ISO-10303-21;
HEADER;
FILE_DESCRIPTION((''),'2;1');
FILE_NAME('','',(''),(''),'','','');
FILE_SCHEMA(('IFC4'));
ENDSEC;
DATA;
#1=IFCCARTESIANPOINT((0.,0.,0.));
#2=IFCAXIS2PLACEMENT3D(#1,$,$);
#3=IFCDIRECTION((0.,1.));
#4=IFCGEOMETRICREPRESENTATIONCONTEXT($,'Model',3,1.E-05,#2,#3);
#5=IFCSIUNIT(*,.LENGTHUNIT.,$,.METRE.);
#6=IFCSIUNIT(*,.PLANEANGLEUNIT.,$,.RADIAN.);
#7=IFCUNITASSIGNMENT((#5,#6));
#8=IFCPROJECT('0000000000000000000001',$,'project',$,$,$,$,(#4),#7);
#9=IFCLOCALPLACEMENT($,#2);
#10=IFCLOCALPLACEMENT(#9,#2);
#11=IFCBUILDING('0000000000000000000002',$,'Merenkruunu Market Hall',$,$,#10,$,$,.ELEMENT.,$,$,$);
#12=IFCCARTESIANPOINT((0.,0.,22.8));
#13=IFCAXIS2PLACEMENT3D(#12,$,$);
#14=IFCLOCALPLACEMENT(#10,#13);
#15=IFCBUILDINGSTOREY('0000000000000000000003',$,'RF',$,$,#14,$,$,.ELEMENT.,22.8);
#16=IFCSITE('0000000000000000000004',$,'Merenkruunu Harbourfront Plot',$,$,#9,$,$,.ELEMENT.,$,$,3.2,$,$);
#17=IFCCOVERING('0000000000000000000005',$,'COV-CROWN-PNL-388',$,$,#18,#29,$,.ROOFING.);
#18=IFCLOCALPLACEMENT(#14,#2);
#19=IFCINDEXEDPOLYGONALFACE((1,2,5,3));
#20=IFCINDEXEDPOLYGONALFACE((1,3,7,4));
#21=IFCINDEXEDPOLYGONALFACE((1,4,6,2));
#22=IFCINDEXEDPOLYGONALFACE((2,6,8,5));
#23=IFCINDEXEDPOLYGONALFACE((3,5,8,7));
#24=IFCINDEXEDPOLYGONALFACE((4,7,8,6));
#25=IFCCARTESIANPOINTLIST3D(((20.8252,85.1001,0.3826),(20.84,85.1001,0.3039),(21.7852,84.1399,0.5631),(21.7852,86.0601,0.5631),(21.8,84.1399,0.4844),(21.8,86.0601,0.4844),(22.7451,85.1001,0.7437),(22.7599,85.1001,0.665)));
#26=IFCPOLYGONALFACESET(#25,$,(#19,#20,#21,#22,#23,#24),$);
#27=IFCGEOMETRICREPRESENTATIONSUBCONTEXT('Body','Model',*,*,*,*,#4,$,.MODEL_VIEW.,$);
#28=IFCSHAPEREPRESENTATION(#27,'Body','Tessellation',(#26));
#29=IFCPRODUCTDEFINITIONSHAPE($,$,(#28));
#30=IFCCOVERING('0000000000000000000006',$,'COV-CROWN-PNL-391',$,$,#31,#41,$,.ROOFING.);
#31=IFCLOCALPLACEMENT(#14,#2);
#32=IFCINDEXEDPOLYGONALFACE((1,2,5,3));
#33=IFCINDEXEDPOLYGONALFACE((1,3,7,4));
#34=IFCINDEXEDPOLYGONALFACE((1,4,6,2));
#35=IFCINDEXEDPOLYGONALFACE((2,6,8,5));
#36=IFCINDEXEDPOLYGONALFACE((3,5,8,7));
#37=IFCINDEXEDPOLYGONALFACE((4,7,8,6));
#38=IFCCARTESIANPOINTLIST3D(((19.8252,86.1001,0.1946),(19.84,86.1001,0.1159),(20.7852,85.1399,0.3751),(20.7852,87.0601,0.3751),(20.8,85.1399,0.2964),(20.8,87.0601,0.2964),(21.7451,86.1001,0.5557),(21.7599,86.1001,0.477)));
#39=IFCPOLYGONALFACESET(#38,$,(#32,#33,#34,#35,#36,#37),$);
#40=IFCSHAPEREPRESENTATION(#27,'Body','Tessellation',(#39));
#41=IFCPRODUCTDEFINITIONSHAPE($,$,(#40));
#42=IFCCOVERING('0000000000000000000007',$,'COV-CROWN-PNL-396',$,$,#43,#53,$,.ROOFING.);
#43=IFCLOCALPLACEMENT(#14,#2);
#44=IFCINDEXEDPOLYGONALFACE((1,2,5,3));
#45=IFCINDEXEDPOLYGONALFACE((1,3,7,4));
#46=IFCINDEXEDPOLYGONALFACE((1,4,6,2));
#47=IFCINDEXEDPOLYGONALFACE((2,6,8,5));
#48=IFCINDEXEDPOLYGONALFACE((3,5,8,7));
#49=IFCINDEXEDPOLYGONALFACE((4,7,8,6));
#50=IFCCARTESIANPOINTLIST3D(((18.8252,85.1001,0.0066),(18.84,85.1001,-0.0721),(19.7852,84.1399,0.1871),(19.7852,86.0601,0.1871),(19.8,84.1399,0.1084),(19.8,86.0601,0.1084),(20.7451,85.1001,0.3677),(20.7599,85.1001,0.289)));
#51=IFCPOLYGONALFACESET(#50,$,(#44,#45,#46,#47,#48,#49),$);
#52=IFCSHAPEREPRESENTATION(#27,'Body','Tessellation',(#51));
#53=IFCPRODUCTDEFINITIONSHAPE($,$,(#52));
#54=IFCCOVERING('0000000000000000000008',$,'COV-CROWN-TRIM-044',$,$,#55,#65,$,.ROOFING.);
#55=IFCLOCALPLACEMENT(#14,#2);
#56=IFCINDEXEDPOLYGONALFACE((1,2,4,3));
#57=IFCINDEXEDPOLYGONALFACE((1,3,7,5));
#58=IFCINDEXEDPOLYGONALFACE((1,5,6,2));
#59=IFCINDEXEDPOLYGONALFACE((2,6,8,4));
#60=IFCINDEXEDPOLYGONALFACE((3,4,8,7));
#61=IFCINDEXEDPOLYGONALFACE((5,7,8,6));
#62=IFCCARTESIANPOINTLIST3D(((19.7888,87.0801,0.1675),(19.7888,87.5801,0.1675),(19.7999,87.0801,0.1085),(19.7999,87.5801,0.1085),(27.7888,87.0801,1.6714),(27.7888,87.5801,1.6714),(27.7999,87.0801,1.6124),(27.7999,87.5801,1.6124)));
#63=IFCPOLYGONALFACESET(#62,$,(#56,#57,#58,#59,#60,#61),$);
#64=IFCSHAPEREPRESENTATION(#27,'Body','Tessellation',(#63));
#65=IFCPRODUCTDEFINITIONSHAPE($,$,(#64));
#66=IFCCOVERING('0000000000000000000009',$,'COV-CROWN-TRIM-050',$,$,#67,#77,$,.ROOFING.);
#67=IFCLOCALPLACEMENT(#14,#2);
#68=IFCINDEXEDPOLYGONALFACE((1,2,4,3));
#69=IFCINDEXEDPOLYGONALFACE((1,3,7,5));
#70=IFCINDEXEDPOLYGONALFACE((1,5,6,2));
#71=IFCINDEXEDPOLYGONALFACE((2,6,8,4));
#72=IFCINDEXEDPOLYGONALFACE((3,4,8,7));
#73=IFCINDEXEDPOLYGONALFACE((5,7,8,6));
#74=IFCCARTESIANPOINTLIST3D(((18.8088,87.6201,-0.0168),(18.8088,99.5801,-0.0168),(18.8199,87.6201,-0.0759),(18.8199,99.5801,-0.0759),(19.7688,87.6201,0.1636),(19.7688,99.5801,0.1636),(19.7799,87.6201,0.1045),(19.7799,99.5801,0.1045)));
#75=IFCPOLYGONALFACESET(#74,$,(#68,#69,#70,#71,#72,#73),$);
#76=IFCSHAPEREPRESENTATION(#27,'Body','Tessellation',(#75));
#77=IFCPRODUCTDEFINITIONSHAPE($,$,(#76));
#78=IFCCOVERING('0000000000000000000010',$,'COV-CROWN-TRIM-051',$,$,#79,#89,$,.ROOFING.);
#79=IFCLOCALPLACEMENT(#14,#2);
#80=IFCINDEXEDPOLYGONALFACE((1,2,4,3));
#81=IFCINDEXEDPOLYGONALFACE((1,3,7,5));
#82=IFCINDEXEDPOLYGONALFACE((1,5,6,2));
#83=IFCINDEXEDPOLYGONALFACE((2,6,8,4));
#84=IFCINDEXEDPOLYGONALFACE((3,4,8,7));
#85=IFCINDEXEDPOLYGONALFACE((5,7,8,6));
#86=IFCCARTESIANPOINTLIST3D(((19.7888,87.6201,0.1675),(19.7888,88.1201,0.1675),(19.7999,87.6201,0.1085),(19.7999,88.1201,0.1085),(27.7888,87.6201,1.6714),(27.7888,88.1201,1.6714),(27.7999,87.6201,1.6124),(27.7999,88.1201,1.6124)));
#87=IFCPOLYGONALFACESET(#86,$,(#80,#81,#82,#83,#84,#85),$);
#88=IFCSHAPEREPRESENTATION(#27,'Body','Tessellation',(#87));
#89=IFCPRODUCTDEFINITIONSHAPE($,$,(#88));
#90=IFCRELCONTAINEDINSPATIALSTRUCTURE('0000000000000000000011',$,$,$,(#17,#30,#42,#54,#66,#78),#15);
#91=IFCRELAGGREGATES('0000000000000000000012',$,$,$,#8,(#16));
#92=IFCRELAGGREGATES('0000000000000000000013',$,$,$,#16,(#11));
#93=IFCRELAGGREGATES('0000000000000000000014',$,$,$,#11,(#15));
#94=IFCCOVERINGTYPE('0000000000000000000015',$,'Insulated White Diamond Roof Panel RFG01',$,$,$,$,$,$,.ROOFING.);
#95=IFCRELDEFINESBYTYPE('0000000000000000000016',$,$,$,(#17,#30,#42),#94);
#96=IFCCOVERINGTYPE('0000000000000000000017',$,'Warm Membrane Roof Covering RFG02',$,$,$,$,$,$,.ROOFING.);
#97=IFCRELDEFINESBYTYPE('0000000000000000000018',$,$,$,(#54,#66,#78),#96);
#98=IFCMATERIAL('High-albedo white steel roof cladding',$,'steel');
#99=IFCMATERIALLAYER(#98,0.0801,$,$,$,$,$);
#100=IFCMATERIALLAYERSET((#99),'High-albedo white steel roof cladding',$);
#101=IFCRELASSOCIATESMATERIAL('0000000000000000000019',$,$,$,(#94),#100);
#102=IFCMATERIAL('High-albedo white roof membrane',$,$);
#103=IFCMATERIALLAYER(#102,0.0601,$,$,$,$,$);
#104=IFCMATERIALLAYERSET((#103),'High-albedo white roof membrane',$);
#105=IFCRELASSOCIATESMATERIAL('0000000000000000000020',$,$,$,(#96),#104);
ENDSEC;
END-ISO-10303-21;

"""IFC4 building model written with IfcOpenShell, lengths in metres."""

from ifc_helpers import new_model, si_unit, direction, frame, origin, place, context, subcontext, project, spatial, polyline, outline, extrude, material, layer, layer_set, type_object, element, save


model = new_model("IFC4")

# Units and contexts
model_context = context("Model", 3, precision=1e-05, world=origin(), true_north=direction((0.0, 1.0)))
body_context = subcontext(model_context, "Body", "Model", "MODEL_VIEW")
ifc_project = project(units=[si_unit("LENGTHUNIT", "METRE"), si_unit("PLANEANGLEUNIT", "RADIAN")], contexts=[model_context])

# Site, building, storey
site_placement = place(None, origin())
site = spatial("IfcSite", under=ifc_project, at=site_placement, Name="Merenkruunu Harbourfront Plot", CompositionType="ELEMENT", RefElevation=3.2)
building_placement = place(site_placement, origin())
building = spatial("IfcBuilding", under=site, at=building_placement, Name="Merenkruunu Market Hall", CompositionType="ELEMENT")
storey_placement = place(building_placement, frame((0.0, 0.0, 22.8)))
storey = spatial("IfcBuildingStorey", under=building, at=storey_placement, Name="RF", CompositionType="ELEMENT", Elevation=22.8)

# Coverings
ifc_material_1 = material(Name="High-albedo white steel roof cladding", Category="steel")
ifc_layer_1 = layer(ifc_material_1, 0.0801)
ifc_layer_set_1 = layer_set([ifc_layer_1], Name="High-albedo white steel roof cladding")
covering_type_1 = type_object("IfcCoveringType", Name="Insulated White Diamond Roof Panel RFG01", PredefinedType="ROOFING", material=ifc_layer_set_1)
for number, where, z_axis, x_axis, name in (
    (1, (20.8252, 85.1001, 0.3826), (-0.184832, 0.0, 0.98277), (0.700856, -0.701018, 0.131812), "COV-CROWN-PNL-388"),
    (2, (19.8252, 86.1001, 0.1946), (-0.184832, 0.0, 0.98277), (0.700856, -0.701018, 0.131812), "COV-CROWN-PNL-391"),
    (3, (18.8252, 85.1001, 0.0066), (-0.184832, 0.0, 0.98277), (0.700856, -0.701018, 0.131812), "COV-CROWN-PNL-396"),
):
    element("IfcCovering", number, at=place(storey_placement, frame(where, z_axis=z_axis, x_axis=x_axis)), inside=storey, type_object=covering_type_1, Name=name, PredefinedType="ROOFING", context=body_context, shape_type="SweptSolid", body=[
        extrude(outline(polyline([(0.0, 0.0), (1.3697, 0.0), (1.3932, 1.3695), (0.0237, 1.3694), (0.0, 0.0)])), origin(), (0.0, 0.0, -1.0), 0.0801),
    ])
ifc_material_2 = material(Name="High-albedo white roof membrane")
ifc_layer_2 = layer(ifc_material_2, 0.0601)
ifc_layer_set_2 = layer_set([ifc_layer_2], Name="High-albedo white roof membrane")
covering_type_2 = type_object("IfcCoveringType", Name="Warm Membrane Roof Covering RFG02", PredefinedType="ROOFING", material=ifc_layer_set_2)
covering_1_placement = place(storey_placement, frame((19.7888, 87.0801, 0.1675), z_axis=(-0.184752, 0.0, 0.982785), x_axis=(0.982785, 0.0, 0.184752)))
element("IfcCovering", 4, at=covering_1_placement, inside=storey, type_object=covering_type_2, Name="COV-CROWN-TRIM-044", PredefinedType="ROOFING", context=body_context, shape_type="SweptSolid", body=[
    extrude(outline(polyline([(0.0, 0.0), (8.1401, 0.0), (8.1401, 0.5), (0.0, 0.5), (0.0, 0.0)])), origin(), (0.0, 0.0, -1.0), 0.0601),
])
covering_2_placement = place(storey_placement, frame((18.8088, 87.6201, -0.0168), z_axis=(-0.184711, 0.0, 0.982793), x_axis=(0.982793, 0.0, 0.184711)))
element("IfcCovering", 5, at=covering_2_placement, inside=storey, type_object=covering_type_2, Name="COV-CROWN-TRIM-050", PredefinedType="ROOFING", context=body_context, shape_type="SweptSolid", body=[
    extrude(outline(polyline([(0.0, 0.0), (0.9768, 0.0), (0.9768, 11.96), (0.0, 11.96), (0.0, 0.0)])), origin(), (0.0, 0.0, -1.0), 0.0601),
])
covering_3_placement = place(storey_placement, frame((19.7888, 87.6201, 0.1675), z_axis=(-0.184752, 0.0, 0.982785), x_axis=(0.982785, 0.0, 0.184752)))
element("IfcCovering", 6, at=covering_3_placement, inside=storey, type_object=covering_type_2, Name="COV-CROWN-TRIM-051", PredefinedType="ROOFING", context=body_context, shape_type="SweptSolid", body=[
    extrude(outline(polyline([(0.0, 0.0), (8.1401, 0.0), (8.1401, 0.5), (0.0, 0.5), (0.0, 0.0)])), origin(), (0.0, 0.0, -1.0), 0.0601),
])

save(model, "model.ifc")
